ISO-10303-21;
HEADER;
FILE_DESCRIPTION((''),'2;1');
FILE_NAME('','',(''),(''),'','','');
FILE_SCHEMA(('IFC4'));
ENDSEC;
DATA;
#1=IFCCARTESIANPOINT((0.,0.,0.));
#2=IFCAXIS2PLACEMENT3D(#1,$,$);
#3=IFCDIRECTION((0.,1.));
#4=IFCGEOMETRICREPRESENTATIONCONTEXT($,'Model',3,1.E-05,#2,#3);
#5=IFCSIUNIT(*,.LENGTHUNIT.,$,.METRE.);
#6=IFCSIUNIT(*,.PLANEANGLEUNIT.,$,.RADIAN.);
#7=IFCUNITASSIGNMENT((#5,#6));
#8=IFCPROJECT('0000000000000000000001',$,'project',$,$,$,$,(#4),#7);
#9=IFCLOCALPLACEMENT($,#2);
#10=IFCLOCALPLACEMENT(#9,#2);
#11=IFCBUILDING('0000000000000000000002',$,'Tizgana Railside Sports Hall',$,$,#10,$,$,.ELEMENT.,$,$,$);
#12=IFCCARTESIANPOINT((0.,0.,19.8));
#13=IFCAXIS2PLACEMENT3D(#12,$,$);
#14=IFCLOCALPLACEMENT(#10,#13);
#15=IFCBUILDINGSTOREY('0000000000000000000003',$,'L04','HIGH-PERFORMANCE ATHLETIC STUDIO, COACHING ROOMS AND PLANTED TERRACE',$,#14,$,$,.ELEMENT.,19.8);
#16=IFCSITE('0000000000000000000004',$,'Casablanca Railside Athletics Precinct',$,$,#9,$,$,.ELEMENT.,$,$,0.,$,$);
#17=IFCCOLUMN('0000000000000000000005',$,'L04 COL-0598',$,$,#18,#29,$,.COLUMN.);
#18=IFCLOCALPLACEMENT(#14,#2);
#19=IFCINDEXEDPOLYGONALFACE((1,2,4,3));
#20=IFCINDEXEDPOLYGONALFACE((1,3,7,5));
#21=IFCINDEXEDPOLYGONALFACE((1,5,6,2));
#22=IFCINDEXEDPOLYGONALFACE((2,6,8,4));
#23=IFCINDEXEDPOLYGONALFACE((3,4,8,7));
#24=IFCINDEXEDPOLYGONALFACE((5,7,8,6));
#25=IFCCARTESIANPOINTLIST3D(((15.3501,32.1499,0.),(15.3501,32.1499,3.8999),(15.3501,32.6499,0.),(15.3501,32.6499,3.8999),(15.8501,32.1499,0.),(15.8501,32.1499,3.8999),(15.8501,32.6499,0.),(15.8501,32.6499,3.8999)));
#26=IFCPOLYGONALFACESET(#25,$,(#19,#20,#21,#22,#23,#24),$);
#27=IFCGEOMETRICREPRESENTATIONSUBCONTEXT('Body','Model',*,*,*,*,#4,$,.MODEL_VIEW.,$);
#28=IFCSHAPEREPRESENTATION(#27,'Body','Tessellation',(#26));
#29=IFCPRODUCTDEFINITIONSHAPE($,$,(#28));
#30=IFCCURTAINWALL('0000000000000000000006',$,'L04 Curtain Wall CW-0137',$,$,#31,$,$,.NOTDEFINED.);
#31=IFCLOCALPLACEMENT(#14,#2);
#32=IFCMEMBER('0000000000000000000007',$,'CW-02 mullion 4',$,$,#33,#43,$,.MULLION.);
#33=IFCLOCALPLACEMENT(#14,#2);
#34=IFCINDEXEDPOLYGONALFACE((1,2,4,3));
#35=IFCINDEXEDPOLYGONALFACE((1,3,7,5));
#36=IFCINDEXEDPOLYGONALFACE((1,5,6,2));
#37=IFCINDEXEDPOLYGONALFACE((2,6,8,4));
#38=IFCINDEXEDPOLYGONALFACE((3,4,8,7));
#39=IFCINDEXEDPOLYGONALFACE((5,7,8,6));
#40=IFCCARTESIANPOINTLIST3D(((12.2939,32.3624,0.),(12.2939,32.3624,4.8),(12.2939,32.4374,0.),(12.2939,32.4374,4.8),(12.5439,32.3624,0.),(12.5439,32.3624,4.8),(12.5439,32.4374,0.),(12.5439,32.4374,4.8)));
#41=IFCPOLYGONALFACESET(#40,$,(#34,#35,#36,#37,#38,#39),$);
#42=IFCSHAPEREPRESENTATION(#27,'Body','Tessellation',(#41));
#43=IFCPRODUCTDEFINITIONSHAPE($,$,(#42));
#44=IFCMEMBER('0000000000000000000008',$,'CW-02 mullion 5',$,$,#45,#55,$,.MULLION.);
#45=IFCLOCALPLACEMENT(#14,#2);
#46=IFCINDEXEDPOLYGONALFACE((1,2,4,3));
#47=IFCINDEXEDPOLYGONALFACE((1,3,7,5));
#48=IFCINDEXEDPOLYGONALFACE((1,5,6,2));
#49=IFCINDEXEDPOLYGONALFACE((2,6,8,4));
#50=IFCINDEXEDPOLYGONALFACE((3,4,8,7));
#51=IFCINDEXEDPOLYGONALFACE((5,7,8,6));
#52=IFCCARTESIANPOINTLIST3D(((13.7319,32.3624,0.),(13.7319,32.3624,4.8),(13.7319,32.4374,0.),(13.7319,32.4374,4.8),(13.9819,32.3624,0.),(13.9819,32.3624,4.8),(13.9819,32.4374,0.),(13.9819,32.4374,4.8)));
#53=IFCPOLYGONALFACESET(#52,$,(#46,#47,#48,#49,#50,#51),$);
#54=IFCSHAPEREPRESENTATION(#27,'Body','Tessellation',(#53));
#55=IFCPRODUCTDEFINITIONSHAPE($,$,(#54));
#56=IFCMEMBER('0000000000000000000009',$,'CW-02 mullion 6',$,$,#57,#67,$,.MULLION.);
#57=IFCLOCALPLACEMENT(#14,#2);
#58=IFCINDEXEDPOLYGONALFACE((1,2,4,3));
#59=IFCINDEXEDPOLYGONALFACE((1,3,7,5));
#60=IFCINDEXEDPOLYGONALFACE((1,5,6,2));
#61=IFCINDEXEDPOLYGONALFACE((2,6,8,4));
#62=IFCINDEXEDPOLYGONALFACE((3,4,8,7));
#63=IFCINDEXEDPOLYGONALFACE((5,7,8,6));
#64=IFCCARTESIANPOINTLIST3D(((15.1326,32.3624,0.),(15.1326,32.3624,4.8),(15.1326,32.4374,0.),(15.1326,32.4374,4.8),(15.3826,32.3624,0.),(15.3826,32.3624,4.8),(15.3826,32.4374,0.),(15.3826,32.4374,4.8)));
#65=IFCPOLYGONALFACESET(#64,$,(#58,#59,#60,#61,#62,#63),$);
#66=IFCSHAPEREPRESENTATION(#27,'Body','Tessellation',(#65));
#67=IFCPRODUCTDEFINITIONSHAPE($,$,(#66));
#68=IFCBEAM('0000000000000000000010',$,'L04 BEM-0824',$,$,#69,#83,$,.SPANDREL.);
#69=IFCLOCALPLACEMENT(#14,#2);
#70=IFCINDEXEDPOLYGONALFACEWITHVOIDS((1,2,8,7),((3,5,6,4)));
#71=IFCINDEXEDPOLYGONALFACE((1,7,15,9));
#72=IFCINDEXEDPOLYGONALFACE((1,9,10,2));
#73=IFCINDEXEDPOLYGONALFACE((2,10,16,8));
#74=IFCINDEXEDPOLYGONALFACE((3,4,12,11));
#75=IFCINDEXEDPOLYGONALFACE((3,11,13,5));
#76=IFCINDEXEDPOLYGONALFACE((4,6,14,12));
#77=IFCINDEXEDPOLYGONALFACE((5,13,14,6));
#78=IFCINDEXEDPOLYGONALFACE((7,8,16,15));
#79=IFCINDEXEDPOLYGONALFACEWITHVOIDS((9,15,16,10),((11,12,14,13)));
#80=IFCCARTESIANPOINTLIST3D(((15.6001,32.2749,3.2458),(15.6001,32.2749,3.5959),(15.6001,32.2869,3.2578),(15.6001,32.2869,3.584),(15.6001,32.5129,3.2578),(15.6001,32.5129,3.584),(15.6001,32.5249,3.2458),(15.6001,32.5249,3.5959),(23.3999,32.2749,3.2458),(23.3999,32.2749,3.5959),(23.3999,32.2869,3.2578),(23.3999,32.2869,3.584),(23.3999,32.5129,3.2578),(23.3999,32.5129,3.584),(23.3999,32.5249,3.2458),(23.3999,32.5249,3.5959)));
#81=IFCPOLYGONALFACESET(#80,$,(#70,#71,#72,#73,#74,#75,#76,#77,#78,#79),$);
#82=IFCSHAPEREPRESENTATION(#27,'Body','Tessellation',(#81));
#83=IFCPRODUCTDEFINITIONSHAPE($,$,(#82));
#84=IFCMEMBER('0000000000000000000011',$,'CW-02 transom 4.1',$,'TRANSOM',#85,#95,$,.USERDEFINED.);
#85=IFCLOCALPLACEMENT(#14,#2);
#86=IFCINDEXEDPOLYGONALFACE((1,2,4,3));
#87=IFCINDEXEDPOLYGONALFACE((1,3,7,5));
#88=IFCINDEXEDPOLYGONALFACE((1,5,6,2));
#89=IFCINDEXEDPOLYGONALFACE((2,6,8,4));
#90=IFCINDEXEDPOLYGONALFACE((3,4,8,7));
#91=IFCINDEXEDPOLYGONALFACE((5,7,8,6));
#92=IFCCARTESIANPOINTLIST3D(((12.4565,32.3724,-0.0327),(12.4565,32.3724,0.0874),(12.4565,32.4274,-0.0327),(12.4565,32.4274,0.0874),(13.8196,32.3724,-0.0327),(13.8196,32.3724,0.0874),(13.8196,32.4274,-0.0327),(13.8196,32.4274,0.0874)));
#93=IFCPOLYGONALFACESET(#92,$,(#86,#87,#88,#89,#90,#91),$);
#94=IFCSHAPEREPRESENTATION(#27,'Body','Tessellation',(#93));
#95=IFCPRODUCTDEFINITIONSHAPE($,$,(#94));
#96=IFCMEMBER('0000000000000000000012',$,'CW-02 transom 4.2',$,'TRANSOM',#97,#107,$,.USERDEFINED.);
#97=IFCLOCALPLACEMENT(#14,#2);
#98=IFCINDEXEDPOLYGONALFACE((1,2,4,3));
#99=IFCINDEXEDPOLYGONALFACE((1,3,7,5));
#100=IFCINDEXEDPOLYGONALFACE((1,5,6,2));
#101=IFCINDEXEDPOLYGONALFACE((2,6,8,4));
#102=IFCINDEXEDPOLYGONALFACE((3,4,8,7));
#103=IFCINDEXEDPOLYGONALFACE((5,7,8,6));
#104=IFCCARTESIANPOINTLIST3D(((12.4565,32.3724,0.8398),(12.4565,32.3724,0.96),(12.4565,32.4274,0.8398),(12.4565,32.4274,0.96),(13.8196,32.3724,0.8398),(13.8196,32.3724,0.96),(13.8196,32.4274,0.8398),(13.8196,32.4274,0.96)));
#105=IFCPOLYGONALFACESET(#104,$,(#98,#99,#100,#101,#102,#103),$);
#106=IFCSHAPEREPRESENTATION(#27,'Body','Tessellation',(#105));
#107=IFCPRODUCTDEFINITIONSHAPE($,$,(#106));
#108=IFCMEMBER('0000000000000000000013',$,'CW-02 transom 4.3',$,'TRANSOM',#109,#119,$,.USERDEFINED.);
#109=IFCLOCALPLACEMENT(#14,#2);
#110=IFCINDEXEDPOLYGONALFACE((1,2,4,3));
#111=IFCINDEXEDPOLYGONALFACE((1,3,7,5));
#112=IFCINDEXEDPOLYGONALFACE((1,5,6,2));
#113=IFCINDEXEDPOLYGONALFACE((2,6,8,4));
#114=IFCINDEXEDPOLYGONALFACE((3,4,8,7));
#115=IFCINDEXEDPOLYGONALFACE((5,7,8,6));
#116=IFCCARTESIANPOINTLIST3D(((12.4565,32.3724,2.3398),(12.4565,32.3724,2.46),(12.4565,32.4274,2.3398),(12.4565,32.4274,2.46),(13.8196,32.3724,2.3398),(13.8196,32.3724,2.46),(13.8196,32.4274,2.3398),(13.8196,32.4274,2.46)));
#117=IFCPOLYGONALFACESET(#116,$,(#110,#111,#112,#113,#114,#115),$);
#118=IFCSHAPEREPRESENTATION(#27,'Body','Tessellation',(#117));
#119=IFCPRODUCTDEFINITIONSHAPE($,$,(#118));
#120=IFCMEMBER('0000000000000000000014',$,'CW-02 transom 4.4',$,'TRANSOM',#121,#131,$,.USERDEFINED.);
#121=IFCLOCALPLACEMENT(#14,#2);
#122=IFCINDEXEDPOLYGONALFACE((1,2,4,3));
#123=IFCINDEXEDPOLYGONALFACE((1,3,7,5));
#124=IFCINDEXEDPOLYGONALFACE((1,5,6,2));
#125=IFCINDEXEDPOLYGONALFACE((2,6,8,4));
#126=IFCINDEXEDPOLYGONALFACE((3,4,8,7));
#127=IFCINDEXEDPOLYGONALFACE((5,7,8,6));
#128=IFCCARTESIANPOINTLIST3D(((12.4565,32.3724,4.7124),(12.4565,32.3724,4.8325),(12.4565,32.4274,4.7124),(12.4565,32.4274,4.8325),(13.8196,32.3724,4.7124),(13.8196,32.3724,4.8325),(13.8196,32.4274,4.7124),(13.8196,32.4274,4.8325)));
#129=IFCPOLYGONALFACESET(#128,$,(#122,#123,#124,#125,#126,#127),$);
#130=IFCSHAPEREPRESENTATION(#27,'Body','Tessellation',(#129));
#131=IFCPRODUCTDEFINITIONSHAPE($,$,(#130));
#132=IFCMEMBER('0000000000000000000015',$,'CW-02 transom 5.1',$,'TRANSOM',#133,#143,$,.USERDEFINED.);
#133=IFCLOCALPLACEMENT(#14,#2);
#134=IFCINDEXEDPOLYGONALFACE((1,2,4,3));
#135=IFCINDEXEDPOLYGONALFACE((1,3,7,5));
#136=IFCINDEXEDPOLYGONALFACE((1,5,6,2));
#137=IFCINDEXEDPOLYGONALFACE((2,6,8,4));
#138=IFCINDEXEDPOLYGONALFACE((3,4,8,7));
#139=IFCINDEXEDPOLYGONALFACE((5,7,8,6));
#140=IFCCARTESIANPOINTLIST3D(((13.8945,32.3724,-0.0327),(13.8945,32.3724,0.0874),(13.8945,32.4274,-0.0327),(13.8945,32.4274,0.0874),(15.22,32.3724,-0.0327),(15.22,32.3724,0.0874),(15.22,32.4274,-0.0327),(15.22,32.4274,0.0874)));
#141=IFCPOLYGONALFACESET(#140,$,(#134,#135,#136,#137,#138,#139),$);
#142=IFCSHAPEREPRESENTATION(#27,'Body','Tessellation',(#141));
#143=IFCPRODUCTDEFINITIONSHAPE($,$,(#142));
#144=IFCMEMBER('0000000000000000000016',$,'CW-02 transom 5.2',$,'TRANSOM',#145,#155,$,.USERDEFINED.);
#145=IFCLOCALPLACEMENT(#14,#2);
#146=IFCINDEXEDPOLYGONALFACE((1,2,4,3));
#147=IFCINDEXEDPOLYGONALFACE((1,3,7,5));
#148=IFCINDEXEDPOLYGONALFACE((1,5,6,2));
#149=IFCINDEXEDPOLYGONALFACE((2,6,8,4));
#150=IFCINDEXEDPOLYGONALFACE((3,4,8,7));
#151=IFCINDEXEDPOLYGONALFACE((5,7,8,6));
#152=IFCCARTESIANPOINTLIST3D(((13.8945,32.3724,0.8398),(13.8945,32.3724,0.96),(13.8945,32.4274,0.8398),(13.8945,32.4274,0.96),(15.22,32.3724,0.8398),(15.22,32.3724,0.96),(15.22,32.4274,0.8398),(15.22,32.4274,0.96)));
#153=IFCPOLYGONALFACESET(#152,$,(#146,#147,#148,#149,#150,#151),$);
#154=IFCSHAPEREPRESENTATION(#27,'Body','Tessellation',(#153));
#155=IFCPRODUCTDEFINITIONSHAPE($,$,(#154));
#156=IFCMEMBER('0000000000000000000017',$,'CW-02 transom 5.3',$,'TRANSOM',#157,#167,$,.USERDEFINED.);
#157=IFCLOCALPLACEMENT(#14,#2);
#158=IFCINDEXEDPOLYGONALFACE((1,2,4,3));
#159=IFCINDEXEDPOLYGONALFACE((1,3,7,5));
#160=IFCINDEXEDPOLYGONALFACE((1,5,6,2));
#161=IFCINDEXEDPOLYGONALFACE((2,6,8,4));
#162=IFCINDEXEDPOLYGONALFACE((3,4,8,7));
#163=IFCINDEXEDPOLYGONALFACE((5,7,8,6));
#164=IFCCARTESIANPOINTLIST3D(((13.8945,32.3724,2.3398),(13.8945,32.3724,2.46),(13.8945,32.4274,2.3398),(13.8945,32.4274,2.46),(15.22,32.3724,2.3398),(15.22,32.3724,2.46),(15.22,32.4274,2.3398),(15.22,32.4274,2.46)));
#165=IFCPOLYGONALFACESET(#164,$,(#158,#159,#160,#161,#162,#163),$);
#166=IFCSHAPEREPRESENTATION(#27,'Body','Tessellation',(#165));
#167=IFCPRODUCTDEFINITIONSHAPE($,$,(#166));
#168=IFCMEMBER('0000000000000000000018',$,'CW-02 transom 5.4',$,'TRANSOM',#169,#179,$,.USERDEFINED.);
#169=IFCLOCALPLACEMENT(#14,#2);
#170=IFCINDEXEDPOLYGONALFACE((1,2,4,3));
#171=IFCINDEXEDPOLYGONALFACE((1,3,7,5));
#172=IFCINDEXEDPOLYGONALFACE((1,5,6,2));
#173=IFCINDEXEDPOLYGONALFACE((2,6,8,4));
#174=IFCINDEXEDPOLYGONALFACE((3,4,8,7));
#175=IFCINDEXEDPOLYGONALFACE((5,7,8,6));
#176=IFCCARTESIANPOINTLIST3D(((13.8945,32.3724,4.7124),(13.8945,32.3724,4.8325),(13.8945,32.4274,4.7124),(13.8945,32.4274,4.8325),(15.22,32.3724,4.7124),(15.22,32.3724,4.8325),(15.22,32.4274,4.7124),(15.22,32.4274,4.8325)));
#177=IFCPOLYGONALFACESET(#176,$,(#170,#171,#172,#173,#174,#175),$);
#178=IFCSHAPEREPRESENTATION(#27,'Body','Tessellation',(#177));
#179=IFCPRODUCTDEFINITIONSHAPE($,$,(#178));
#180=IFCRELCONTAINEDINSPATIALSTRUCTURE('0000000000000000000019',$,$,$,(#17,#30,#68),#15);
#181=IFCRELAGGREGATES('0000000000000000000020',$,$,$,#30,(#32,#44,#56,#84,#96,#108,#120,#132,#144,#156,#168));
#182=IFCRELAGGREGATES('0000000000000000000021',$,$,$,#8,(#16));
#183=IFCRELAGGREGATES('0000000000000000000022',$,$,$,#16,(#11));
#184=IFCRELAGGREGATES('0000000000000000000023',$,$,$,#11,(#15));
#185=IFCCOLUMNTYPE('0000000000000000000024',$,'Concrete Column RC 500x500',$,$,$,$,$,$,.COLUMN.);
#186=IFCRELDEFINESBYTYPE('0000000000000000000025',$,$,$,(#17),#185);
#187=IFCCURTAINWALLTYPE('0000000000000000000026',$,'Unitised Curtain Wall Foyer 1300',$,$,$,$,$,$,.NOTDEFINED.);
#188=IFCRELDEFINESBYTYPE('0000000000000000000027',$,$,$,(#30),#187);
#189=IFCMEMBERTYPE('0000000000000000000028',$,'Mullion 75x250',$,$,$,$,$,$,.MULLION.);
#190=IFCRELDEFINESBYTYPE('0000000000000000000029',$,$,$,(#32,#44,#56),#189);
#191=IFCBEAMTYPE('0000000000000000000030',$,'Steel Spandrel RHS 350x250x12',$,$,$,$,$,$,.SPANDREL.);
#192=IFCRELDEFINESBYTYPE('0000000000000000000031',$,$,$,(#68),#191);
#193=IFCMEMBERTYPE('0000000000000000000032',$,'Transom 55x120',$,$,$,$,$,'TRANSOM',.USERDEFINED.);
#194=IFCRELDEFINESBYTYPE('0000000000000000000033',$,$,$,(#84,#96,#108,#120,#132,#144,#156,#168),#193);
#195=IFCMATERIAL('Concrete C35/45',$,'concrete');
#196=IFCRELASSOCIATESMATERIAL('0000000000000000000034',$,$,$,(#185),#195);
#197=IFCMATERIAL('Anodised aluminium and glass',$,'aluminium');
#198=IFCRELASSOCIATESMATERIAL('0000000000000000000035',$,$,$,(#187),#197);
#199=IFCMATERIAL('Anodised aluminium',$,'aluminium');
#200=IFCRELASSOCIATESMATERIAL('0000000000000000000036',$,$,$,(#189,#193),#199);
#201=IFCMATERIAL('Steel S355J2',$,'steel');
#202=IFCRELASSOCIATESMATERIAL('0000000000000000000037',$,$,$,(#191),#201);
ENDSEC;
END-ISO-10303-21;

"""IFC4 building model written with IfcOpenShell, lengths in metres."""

from ifc_helpers import new_model, si_unit, direction, frame, origin, origin_2d, place, context, subcontext, project, spatial, rectangle, hollow_rectangle, extrude, material, material_profile, profile_set, type_object, element, aggregate, save


model = new_model("IFC4")

# Units and contexts
model_context = context("Model", 3, precision=1e-05, world=origin(), true_north=direction((0.0, 1.0)))
body_context = subcontext(model_context, "Body", "Model", "MODEL_VIEW")
ifc_project = project(units=[si_unit("LENGTHUNIT", "METRE"), si_unit("PLANEANGLEUNIT", "RADIAN")], contexts=[model_context])

# Site, building, storey
site_placement = place(None, origin())
site = spatial("IfcSite", under=ifc_project, at=site_placement, Name="Casablanca Railside Athletics Precinct", CompositionType="ELEMENT", RefElevation=0.0)
building_placement = place(site_placement, origin())
building = spatial("IfcBuilding", under=site, at=building_placement, Name="Tizgana Railside Sports Hall", CompositionType="ELEMENT")
storey_placement = place(building_placement, frame((0.0, 0.0, 19.8)))
storey = spatial("IfcBuildingStorey", under=building, at=storey_placement, Name="L04", Description="HIGH-PERFORMANCE ATHLETIC STUDIO, COACHING ROOMS AND PLANTED TERRACE", CompositionType="ELEMENT", Elevation=19.8)

# Column
ifc_material_1 = material(Name="Concrete C35/45", Category="concrete")
ifc_material_profile_1 = material_profile(ifc_material_1, rectangle(XDim=0.5, YDim=0.5, at=origin_2d()), Name="RC 500x500")
ifc_profile_set_1 = profile_set([ifc_material_profile_1], Name="Concrete C35/45")
column_type = type_object("IfcColumnType", Name="Concrete Column RC 500x500", PredefinedType="COLUMN", material=ifc_profile_set_1)
column_placement = place(storey_placement, frame((15.6001, 32.3999, 0.0), z_axis=(0.0, 0.0, 1.0), x_axis=(1.0, 0.0, 0.0)))
element("IfcColumn", 1, at=column_placement, inside=storey, type_object=column_type, Name="L04 COL-0598", PredefinedType="COLUMN", context=body_context, shape_type="SweptSolid", body=[
    extrude(rectangle(XDim=0.5, YDim=0.5, at=origin_2d()), origin(), (0.0, 0.0, 1.0), 3.8999),
])

# Curtain wall, members
ifc_material_2 = material(Name="Anodised aluminium and glass", Category="aluminium")
curtain_wall_type = type_object("IfcCurtainWallType", Name="Unitised Curtain Wall Foyer 1300", PredefinedType="NOTDEFINED", material=ifc_material_2)
curtain_wall_placement = place(storey_placement, origin())
curtain_wall = element("IfcCurtainWall", 2, at=curtain_wall_placement, inside=storey, type_object=curtain_wall_type, Name="L04 Curtain Wall CW-0137", PredefinedType="NOTDEFINED")
ifc_material_3 = material(Name="Anodised aluminium", Category="aluminium")
ifc_material_profile_2 = material_profile(ifc_material_3, rectangle(XDim=0.075, YDim=0.25, at=origin_2d()), Name="Mullion 75x250")
ifc_profile_set_2 = profile_set([ifc_material_profile_2], Name="Anodised aluminium")
member_type_1 = type_object("IfcMemberType", Name="Mullion 75x250", PredefinedType="MULLION", material=ifc_profile_set_2)
member_1_placement = place(storey_placement, frame((12.4189, 32.3999, 0.0), z_axis=(0.0, 0.0, 1.0), x_axis=(0.0, 1.0, 0.0)))
member_1 = element("IfcMember", 3, at=member_1_placement, type_object=member_type_1, Name="CW-02 mullion 4", PredefinedType="MULLION", context=body_context, shape_type="SweptSolid", body=[
    extrude(rectangle(XDim=0.075, YDim=0.25, at=origin_2d()), origin(), (0.0, 0.0, 1.0), 4.8),
])
member_2_placement = place(storey_placement, frame((13.8569, 32.3999, 0.0), z_axis=(0.0, 0.0, 1.0), x_axis=(0.0, 1.0, 0.0)))
member_2 = element("IfcMember", 4, at=member_2_placement, type_object=member_type_1, Name="CW-02 mullion 5", PredefinedType="MULLION", context=body_context, shape_type="SweptSolid", body=[
    extrude(rectangle(XDim=0.075, YDim=0.25, at=origin_2d()), origin(), (0.0, 0.0, 1.0), 4.8),
])
member_3_placement = place(storey_placement, frame((15.2576, 32.3999, 0.0), z_axis=(0.0, 0.0, 1.0), x_axis=(0.0, 1.0, 0.0)))
member_3 = element("IfcMember", 5, at=member_3_placement, type_object=member_type_1, Name="CW-02 mullion 6", PredefinedType="MULLION", context=body_context, shape_type="SweptSolid", body=[
    extrude(rectangle(XDim=0.075, YDim=0.25, at=origin_2d()), origin(), (0.0, 0.0, 1.0), 4.8),
])

# Beam
ifc_material_4 = material(Name="Steel S355J2", Category="steel")
ifc_material_profile_3 = material_profile(ifc_material_4, hollow_rectangle(XDim=0.25, YDim=0.3501, WallThickness=0.012, at=origin_2d()), Name="RHS 350x250x12")
ifc_profile_set_3 = profile_set([ifc_material_profile_3], Name="Steel S355J2")
beam_type = type_object("IfcBeamType", Name="Steel Spandrel RHS 350x250x12", PredefinedType="SPANDREL", material=ifc_profile_set_3)
beam_placement = place(storey_placement, frame((15.6001, 32.3999, 3.4209), z_axis=(1.0, 0.0, 0.0), x_axis=(0.0, 1.0, 0.0)))
element("IfcBeam", 6, at=beam_placement, inside=storey, type_object=beam_type, Name="L04 BEM-0824", PredefinedType="SPANDREL", context=body_context, shape_type="SweptSolid", body=[
    extrude(hollow_rectangle(XDim=0.25, YDim=0.3501, WallThickness=0.012, at=origin_2d()), origin(), (0.0, 0.0, 1.0), 7.7998),
])

# Members
ifc_material_profile_4 = material_profile(ifc_material_3, rectangle(XDim=0.0549, YDim=0.1201, at=origin_2d()), Name="Transom 55x120")
ifc_profile_set_4 = profile_set([ifc_material_profile_4], Name="Anodised aluminium")
member_type_2 = type_object("IfcMemberType", Name="Transom 55x120", ElementType="TRANSOM", PredefinedType="USERDEFINED", material=ifc_profile_set_4)
member_4_placement = place(storey_placement, frame((12.4565, 32.3999, 0.0273), z_axis=(1.0, 0.0, 0.0), x_axis=(0.0, 1.0, 0.0)))
member_4 = element("IfcMember", 7, at=member_4_placement, type_object=member_type_2, Name="CW-02 transom 4.1", ObjectType="TRANSOM", PredefinedType="USERDEFINED", context=body_context, shape_type="SweptSolid", body=[
    extrude(rectangle(XDim=0.0549, YDim=0.1201, at=origin_2d()), origin(), (0.0, 0.0, 1.0), 1.363),
])
member_5_placement = place(storey_placement, frame((12.4565, 32.3999, 0.8999), z_axis=(1.0, 0.0, 0.0), x_axis=(0.0, 1.0, 0.0)))
member_5 = element("IfcMember", 8, at=member_5_placement, type_object=member_type_2, Name="CW-02 transom 4.2", ObjectType="TRANSOM", PredefinedType="USERDEFINED", context=body_context, shape_type="SweptSolid", body=[
    extrude(rectangle(XDim=0.0549, YDim=0.1201, at=origin_2d()), origin(), (0.0, 0.0, 1.0), 1.363),
])
member_6_placement = place(storey_placement, frame((12.4565, 32.3999, 2.3999), z_axis=(1.0, 0.0, 0.0), x_axis=(0.0, 1.0, 0.0)))
member_6 = element("IfcMember", 9, at=member_6_placement, type_object=member_type_2, Name="CW-02 transom 4.3", ObjectType="TRANSOM", PredefinedType="USERDEFINED", context=body_context, shape_type="SweptSolid", body=[
    extrude(rectangle(XDim=0.0549, YDim=0.1201, at=origin_2d()), origin(), (0.0, 0.0, 1.0), 1.363),
])
member_7_placement = place(storey_placement, frame((12.4565, 32.3999, 4.7725), z_axis=(1.0, 0.0, 0.0), x_axis=(0.0, 1.0, 0.0)))
member_7 = element("IfcMember", 10, at=member_7_placement, type_object=member_type_2, Name="CW-02 transom 4.4", ObjectType="TRANSOM", PredefinedType="USERDEFINED", context=body_context, shape_type="SweptSolid", body=[
    extrude(rectangle(XDim=0.0549, YDim=0.1201, at=origin_2d()), origin(), (0.0, 0.0, 1.0), 1.363),
])
member_8_placement = place(storey_placement, frame((13.8945, 32.3999, 0.0273), z_axis=(1.0, 0.0, 0.0), x_axis=(0.0, 1.0, 0.0)))
member_8 = element("IfcMember", 11, at=member_8_placement, type_object=member_type_2, Name="CW-02 transom 5.1", ObjectType="TRANSOM", PredefinedType="USERDEFINED", context=body_context, shape_type="SweptSolid", body=[
    extrude(rectangle(XDim=0.0549, YDim=0.1201, at=origin_2d()), origin(), (0.0, 0.0, 1.0), 1.3254),
])
member_9_placement = place(storey_placement, frame((13.8945, 32.3999, 0.8999), z_axis=(1.0, 0.0, 0.0), x_axis=(0.0, 1.0, 0.0)))
member_9 = element("IfcMember", 12, at=member_9_placement, type_object=member_type_2, Name="CW-02 transom 5.2", ObjectType="TRANSOM", PredefinedType="USERDEFINED", context=body_context, shape_type="SweptSolid", body=[
    extrude(rectangle(XDim=0.0549, YDim=0.1201, at=origin_2d()), origin(), (0.0, 0.0, 1.0), 1.3254),
])
member_10_placement = place(storey_placement, frame((13.8945, 32.3999, 2.3999), z_axis=(1.0, 0.0, 0.0), x_axis=(0.0, 1.0, 0.0)))
member_10 = element("IfcMember", 13, at=member_10_placement, type_object=member_type_2, Name="CW-02 transom 5.3", ObjectType="TRANSOM", PredefinedType="USERDEFINED", context=body_context, shape_type="SweptSolid", body=[
    extrude(rectangle(XDim=0.0549, YDim=0.1201, at=origin_2d()), origin(), (0.0, 0.0, 1.0), 1.3254),
])
member_11_placement = place(storey_placement, frame((13.8945, 32.3999, 4.7725), z_axis=(1.0, 0.0, 0.0), x_axis=(0.0, 1.0, 0.0)))
member_11 = element("IfcMember", 14, at=member_11_placement, type_object=member_type_2, Name="CW-02 transom 5.4", ObjectType="TRANSOM", PredefinedType="USERDEFINED", context=body_context, shape_type="SweptSolid", body=[
    extrude(rectangle(XDim=0.0549, YDim=0.1201, at=origin_2d()), origin(), (0.0, 0.0, 1.0), 1.3254),
])

aggregate(curtain_wall, [member_1, member_2, member_3, member_4, member_5, member_6, member_7, member_8, member_9, member_10, member_11])

save(model, "model.ifc")
